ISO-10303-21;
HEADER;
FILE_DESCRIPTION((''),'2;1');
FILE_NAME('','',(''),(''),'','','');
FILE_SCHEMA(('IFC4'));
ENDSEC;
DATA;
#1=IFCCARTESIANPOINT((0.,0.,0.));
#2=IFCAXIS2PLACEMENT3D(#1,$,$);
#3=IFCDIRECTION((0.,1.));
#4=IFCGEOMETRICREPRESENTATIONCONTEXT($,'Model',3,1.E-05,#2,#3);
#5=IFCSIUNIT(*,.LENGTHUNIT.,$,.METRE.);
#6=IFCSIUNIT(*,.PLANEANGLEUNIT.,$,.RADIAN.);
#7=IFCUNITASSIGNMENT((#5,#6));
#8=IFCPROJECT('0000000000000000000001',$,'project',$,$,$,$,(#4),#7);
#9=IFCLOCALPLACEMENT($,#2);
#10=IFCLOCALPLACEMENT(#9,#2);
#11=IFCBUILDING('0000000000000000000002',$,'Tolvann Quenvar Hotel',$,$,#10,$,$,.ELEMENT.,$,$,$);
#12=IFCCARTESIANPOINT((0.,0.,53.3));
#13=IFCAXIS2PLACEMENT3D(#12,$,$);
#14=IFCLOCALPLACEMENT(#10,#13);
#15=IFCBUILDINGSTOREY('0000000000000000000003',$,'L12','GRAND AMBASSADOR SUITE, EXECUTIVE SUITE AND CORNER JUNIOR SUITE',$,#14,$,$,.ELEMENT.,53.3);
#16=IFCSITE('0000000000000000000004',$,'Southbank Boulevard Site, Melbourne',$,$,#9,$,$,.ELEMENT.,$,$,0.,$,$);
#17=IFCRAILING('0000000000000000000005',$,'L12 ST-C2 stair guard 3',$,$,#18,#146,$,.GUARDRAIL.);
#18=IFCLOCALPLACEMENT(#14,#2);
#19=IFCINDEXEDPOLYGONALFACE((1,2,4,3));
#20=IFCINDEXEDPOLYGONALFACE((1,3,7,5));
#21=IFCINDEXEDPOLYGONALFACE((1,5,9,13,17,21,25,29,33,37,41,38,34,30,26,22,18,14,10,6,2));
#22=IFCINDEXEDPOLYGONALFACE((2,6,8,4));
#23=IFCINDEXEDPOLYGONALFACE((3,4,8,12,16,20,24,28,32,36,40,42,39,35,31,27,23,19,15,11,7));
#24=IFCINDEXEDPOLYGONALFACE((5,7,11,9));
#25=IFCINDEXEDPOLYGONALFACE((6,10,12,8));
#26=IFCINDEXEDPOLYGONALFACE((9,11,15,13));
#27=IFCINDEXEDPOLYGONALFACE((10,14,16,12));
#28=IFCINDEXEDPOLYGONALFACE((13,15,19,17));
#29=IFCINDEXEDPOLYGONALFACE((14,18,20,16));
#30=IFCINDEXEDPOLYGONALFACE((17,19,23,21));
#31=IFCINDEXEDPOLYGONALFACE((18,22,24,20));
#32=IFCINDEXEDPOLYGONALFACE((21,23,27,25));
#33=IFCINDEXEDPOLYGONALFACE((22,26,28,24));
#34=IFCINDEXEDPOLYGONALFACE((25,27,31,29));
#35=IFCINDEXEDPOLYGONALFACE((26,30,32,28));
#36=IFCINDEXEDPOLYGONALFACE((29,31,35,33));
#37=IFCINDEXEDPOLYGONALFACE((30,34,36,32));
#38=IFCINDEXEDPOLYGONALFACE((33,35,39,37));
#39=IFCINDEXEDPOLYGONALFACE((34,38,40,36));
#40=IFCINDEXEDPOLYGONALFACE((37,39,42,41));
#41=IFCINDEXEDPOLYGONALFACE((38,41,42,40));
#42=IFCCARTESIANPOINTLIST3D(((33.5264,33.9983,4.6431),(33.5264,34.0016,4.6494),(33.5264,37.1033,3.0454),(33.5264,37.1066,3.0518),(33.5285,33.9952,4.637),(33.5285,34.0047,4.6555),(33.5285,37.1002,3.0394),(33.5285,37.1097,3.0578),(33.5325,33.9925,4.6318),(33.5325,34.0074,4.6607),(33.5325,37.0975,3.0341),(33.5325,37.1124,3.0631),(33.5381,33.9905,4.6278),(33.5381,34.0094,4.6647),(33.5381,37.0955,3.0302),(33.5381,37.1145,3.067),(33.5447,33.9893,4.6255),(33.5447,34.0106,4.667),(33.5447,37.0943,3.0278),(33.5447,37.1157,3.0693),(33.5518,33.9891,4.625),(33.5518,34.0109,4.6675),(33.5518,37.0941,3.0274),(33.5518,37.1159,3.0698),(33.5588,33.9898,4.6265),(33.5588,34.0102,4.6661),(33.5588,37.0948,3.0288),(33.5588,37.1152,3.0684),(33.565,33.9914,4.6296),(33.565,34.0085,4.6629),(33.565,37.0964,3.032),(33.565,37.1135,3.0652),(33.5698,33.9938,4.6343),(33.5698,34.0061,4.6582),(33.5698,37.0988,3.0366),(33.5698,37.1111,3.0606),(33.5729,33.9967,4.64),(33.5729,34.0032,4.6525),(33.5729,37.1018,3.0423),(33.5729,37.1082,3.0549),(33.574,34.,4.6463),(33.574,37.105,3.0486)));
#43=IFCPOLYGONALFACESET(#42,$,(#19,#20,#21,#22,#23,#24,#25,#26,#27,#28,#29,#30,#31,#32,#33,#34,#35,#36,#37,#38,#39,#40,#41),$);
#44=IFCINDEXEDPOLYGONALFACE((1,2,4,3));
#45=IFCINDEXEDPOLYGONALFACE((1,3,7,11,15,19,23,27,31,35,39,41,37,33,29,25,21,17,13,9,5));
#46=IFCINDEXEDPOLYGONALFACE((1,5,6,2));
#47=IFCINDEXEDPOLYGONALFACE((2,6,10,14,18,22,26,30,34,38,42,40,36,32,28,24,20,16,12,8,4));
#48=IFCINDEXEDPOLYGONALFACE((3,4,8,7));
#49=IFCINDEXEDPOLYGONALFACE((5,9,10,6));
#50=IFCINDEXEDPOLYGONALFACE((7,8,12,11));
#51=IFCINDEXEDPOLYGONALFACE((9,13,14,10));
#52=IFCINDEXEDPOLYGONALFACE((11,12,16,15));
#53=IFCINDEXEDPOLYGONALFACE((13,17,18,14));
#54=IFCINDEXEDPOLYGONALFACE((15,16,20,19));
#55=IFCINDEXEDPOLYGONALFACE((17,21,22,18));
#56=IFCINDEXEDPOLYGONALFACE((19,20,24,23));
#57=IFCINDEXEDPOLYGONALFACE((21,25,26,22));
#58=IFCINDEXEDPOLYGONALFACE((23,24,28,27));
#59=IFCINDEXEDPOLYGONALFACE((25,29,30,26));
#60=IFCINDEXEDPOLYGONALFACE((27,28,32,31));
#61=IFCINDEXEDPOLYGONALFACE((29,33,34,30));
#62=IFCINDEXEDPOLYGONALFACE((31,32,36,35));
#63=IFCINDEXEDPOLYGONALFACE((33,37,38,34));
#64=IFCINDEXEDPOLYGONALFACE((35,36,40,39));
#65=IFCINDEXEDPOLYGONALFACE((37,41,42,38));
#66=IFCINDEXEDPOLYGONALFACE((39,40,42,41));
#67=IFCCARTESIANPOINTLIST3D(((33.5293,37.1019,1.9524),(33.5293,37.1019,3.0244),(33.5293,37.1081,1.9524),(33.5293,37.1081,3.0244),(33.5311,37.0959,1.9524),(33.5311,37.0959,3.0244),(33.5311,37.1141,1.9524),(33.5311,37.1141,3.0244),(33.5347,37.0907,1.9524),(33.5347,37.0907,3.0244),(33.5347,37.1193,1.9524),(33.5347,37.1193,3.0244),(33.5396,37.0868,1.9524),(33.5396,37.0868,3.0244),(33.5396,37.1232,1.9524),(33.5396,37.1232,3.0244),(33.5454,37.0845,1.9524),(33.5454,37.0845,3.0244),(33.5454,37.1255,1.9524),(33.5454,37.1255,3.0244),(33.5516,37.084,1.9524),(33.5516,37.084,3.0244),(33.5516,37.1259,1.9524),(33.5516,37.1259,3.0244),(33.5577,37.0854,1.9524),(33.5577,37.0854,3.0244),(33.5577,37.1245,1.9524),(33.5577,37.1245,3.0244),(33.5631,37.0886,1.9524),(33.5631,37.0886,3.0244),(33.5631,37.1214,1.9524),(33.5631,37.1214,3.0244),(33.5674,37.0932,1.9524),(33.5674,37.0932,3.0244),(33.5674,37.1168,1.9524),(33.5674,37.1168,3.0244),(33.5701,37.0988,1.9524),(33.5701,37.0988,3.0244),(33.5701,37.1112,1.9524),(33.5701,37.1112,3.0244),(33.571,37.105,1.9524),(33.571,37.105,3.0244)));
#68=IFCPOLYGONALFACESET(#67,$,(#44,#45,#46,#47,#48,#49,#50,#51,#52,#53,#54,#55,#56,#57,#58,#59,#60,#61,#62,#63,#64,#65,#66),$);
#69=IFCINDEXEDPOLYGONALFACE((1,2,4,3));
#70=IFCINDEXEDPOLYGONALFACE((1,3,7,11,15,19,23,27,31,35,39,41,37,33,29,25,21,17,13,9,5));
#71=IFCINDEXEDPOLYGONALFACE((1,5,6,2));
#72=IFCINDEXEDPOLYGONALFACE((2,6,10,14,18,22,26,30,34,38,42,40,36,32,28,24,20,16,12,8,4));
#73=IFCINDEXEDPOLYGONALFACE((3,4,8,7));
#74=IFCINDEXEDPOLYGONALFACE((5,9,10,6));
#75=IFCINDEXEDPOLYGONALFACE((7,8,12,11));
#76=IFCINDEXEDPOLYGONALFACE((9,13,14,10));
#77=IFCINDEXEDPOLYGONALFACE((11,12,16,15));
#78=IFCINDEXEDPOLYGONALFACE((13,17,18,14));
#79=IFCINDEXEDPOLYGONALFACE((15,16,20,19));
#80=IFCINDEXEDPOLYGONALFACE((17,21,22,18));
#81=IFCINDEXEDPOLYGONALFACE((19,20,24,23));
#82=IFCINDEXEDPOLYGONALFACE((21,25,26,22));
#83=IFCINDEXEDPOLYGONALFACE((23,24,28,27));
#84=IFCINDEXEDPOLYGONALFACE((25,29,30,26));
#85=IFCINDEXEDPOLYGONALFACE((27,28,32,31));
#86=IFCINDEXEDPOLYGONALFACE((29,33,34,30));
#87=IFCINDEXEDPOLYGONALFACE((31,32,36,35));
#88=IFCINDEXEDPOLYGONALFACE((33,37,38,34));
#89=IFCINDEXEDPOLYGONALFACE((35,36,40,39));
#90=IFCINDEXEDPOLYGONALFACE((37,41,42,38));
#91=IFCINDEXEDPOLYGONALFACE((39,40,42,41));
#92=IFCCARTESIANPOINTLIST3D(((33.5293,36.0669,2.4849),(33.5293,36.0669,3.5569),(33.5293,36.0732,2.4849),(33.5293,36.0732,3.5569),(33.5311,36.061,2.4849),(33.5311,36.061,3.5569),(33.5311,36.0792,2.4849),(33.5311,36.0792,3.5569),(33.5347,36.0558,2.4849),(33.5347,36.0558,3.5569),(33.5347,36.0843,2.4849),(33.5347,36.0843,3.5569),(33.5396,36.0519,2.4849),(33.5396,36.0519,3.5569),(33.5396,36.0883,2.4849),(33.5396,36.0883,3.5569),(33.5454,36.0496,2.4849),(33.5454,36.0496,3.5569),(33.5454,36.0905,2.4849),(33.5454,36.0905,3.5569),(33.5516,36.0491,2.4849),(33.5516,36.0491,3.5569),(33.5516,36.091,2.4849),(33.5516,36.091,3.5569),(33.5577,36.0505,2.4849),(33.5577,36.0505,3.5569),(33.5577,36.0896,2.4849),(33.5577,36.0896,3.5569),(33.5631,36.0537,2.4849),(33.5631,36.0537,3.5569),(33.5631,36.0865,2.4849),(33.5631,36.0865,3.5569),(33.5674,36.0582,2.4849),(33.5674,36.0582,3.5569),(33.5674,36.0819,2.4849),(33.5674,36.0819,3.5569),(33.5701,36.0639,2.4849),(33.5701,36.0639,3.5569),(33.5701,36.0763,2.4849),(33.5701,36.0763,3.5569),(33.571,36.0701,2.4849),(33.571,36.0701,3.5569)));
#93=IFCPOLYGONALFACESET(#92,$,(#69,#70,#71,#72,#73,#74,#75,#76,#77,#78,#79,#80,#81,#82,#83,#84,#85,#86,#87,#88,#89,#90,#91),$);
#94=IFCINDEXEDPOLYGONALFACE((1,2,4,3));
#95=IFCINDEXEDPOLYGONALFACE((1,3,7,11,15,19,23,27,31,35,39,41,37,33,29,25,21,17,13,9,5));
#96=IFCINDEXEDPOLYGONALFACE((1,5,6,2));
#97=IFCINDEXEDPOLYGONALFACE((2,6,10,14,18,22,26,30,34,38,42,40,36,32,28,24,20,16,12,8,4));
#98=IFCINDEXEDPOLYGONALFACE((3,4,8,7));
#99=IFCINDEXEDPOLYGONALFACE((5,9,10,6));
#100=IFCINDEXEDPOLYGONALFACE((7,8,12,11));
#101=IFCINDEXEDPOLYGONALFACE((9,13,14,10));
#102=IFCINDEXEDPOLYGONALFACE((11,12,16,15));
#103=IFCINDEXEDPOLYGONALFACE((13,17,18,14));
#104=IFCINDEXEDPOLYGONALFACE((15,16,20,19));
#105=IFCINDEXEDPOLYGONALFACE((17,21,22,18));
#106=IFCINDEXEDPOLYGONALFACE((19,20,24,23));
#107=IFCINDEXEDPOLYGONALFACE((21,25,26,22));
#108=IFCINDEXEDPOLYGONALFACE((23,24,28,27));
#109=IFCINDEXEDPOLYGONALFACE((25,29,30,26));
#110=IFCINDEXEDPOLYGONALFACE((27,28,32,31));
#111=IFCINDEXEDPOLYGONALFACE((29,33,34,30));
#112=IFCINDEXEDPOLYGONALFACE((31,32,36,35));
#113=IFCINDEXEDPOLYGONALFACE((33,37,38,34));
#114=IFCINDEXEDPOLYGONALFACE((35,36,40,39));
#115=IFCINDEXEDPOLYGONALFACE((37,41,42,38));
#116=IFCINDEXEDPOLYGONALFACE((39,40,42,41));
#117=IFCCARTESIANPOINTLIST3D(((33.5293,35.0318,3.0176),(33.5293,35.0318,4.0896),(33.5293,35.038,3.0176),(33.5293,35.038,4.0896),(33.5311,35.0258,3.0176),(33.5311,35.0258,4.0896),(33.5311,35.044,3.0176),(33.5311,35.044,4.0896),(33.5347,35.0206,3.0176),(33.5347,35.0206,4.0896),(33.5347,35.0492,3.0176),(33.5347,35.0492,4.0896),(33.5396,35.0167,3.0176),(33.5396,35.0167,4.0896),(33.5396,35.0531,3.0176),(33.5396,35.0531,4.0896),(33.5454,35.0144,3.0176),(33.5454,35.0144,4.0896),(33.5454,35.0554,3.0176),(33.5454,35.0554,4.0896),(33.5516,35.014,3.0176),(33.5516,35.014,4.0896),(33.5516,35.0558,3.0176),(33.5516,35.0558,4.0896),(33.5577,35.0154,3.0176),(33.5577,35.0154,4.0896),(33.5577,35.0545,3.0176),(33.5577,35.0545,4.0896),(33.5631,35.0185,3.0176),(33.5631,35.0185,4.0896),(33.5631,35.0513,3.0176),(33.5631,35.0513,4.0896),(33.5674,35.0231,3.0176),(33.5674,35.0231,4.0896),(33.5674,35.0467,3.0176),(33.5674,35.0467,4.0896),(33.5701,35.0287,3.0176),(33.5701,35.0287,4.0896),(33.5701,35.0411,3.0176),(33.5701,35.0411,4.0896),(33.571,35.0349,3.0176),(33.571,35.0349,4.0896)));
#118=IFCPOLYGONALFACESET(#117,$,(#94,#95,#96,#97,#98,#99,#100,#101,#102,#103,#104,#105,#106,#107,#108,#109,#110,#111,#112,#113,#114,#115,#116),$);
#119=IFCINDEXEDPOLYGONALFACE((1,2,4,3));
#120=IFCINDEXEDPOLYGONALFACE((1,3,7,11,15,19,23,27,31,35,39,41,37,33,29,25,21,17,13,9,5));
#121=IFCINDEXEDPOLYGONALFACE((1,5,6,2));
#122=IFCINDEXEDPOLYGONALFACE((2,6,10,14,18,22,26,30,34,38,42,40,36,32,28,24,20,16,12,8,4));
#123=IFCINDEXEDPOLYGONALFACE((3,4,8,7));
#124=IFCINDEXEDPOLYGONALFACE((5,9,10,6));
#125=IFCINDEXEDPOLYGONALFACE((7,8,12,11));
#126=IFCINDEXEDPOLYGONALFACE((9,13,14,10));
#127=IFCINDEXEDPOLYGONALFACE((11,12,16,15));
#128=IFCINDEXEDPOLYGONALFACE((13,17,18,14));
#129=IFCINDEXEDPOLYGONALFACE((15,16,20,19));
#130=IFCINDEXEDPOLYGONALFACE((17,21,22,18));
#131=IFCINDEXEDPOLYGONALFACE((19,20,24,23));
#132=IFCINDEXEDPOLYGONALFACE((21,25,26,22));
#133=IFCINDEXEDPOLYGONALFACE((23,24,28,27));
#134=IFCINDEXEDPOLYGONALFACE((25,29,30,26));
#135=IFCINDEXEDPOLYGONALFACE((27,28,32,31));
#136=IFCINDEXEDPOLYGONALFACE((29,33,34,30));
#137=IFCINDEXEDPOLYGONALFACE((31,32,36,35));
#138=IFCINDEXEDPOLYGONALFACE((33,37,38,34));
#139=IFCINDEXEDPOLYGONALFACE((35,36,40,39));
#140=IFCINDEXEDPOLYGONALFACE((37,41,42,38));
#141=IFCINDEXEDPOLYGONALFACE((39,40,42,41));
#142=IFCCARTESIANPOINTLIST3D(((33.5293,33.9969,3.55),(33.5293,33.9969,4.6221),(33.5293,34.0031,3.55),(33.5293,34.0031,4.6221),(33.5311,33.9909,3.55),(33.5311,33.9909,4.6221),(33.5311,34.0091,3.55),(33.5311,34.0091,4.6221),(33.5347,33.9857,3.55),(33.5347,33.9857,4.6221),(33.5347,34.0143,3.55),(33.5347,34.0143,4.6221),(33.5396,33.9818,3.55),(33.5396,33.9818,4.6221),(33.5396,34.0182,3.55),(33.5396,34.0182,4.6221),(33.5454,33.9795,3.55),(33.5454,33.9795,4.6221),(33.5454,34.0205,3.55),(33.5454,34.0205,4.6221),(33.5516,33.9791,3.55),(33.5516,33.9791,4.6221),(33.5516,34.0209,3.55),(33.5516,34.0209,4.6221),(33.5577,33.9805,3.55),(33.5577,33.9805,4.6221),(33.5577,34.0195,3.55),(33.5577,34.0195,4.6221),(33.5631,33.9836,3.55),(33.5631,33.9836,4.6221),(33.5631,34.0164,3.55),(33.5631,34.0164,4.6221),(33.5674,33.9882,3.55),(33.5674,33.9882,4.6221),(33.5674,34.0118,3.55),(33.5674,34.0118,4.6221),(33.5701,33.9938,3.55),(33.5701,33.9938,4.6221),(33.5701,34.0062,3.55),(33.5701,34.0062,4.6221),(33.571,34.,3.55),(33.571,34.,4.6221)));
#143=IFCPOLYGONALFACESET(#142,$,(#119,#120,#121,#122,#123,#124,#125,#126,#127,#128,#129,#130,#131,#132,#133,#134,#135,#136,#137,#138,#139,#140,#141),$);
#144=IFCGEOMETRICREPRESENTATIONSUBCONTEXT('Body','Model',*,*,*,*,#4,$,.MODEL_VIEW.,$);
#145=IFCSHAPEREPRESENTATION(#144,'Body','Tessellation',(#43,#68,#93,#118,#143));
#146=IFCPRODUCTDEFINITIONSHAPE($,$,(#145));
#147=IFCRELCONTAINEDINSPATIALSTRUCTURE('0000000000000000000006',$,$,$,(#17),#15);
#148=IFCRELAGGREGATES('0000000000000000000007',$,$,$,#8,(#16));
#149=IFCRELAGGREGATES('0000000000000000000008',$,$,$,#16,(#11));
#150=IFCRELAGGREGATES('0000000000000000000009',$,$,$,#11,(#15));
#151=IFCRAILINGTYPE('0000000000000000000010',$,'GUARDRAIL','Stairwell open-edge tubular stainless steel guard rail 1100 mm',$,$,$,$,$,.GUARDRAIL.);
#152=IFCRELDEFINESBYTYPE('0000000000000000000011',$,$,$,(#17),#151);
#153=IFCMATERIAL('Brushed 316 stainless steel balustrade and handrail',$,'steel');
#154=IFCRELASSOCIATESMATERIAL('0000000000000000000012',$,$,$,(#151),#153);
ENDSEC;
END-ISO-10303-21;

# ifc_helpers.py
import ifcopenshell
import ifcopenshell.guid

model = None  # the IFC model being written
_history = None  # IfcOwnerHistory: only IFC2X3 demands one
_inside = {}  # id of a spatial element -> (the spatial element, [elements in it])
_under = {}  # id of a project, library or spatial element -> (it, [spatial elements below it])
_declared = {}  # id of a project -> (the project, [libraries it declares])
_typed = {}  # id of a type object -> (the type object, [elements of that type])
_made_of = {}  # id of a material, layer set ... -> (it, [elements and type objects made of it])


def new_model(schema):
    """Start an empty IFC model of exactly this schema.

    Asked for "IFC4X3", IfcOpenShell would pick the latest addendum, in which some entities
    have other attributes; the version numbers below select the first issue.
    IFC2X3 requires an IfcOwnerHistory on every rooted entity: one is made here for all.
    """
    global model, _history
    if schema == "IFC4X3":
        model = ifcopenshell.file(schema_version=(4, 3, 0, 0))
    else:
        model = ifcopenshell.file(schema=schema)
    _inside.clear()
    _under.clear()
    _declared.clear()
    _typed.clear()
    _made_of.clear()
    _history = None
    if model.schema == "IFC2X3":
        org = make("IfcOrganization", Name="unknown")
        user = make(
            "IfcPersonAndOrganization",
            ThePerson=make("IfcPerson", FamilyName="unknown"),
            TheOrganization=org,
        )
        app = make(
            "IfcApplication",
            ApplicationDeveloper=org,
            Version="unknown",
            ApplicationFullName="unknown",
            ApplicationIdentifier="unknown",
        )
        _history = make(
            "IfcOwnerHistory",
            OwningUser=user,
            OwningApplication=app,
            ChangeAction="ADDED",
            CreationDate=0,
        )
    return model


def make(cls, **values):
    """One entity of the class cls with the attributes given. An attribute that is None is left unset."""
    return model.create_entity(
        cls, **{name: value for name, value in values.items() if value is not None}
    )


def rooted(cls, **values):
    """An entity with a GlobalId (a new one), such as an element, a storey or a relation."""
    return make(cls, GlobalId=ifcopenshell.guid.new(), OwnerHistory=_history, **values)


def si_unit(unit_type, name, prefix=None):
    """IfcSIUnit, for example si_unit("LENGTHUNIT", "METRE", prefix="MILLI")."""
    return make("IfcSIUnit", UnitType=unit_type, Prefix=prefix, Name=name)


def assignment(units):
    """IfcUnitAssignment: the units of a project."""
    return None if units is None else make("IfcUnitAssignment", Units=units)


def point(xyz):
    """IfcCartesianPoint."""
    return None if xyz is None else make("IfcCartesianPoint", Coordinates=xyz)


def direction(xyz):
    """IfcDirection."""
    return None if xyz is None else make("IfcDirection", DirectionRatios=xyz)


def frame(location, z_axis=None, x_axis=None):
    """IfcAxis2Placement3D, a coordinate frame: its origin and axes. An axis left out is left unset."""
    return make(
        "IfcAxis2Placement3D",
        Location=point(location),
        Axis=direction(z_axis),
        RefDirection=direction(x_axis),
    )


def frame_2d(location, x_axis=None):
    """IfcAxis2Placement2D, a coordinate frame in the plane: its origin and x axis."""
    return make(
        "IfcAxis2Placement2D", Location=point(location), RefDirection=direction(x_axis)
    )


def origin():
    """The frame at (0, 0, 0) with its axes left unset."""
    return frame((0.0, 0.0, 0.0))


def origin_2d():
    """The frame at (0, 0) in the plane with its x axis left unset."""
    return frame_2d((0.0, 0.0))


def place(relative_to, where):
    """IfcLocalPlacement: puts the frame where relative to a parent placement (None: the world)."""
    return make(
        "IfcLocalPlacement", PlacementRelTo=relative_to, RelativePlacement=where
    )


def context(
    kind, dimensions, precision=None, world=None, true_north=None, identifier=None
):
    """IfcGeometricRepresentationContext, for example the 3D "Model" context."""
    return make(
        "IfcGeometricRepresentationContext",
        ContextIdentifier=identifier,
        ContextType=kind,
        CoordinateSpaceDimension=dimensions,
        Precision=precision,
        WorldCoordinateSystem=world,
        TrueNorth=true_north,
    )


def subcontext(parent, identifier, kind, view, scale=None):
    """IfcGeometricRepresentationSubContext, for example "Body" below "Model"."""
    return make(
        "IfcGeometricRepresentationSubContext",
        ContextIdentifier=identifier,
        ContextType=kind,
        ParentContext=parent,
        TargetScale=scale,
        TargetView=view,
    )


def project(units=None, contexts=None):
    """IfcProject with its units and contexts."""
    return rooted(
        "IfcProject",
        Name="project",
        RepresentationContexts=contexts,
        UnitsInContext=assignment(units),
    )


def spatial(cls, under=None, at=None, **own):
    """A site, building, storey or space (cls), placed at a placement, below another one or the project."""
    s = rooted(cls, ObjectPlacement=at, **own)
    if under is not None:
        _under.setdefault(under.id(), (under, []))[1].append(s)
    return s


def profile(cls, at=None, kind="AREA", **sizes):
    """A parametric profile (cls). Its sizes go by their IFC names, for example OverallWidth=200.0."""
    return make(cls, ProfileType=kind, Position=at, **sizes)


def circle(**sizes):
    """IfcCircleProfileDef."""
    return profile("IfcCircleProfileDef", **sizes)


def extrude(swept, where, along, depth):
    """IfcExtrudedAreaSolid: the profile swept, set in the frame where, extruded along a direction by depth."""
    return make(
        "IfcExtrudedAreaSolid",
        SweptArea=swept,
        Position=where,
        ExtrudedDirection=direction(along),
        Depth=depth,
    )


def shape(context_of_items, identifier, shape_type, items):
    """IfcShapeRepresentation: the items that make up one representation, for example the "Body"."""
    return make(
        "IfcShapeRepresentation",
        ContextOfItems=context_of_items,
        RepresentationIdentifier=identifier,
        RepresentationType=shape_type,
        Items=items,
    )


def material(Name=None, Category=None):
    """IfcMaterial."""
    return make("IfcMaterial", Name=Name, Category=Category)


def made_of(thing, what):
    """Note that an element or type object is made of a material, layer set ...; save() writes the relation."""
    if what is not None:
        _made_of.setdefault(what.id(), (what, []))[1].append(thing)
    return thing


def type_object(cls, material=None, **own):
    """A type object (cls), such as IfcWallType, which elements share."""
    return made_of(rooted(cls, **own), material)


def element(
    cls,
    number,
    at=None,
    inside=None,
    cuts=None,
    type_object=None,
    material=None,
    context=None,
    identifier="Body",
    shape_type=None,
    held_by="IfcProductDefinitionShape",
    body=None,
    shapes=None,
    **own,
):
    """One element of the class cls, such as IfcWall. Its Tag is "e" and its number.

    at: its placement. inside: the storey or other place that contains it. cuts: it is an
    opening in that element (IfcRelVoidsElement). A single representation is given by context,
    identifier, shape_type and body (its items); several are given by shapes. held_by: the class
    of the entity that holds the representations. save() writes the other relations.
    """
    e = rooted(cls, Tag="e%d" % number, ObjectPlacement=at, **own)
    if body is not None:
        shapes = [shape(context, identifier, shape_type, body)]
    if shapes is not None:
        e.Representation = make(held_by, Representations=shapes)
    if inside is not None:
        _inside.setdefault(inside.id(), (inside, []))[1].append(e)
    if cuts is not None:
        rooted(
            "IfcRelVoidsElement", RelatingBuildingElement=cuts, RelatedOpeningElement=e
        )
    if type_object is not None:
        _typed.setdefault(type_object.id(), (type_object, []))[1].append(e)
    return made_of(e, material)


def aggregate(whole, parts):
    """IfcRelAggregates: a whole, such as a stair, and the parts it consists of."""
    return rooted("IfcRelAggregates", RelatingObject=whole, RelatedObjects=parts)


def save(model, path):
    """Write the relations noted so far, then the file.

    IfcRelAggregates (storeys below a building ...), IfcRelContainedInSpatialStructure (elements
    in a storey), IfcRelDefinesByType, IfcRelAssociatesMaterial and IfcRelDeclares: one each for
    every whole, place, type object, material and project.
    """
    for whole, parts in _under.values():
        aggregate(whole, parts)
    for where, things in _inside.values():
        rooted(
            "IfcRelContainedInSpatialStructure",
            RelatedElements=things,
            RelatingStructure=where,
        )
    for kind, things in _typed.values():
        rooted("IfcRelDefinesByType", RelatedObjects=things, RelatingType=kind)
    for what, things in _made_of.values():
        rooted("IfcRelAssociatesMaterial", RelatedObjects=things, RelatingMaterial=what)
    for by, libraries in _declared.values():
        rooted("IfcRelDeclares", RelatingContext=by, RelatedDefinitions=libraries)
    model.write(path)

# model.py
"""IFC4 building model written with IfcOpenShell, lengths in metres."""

from ifc_helpers import new_model, si_unit, direction, frame, origin, origin_2d, place, context, subcontext, project, spatial, circle, extrude, material, type_object, element, save


model = new_model("IFC4")

# Units and contexts
model_context = context("Model", 3, precision=1e-05, world=origin(), true_north=direction((0.0, 1.0)))
body_context = subcontext(model_context, "Body", "Model", "MODEL_VIEW")
ifc_project = project(units=[si_unit("LENGTHUNIT", "METRE"), si_unit("PLANEANGLEUNIT", "RADIAN")], contexts=[model_context])

# Site, building, storey
site_placement = place(None, origin())
site = spatial("IfcSite", under=ifc_project, at=site_placement, Name="Southbank Boulevard Site, Melbourne", CompositionType="ELEMENT", RefElevation=0.0)
building_placement = place(site_placement, origin())
building = spatial("IfcBuilding", under=site, at=building_placement, Name="Tolvann Quenvar Hotel", CompositionType="ELEMENT")
storey_placement = place(building_placement, frame((0.0, 0.0, 53.3)))
storey = spatial("IfcBuildingStorey", under=building, at=storey_placement, Name="L12", Description="GRAND AMBASSADOR SUITE, EXECUTIVE SUITE AND CORNER JUNIOR SUITE", CompositionType="ELEMENT", Elevation=53.3)

# Railing
ifc_material_1 = material(Name="Brushed 316 stainless steel balustrade and handrail", Category="steel")
railing_type_1 = type_object("IfcRailingType", Name="GUARDRAIL", Description="Stairwell open-edge tubular stainless steel guard rail 1100 mm", PredefinedType="GUARDRAIL", material=ifc_material_1)
railing_1_placement = place(storey_placement, frame((33.55, 37.105, 1.9524)))
element("IfcRailing", 1, at=railing_1_placement, inside=storey, type_object=railing_type_1, Name="L12 ST-C2 stair guard 3", PredefinedType="GUARDRAIL", context=body_context, shape_type="SweptSolid", body=[
    extrude(circle(Radius=0.0239, at=origin_2d()), frame((0.0, 0.0, 1.0962), z_axis=(0.0, -0.889194, 0.457531), x_axis=(1.0, 0.0, 0.0)), (0.0, 0.0, 1.0), 3.4919),
    extrude(circle(Radius=0.021, at=origin_2d()), origin(), (0.0, 0.0, 1.0), 1.072),
    extrude(circle(Radius=0.021, at=origin_2d()), frame((0.0, -1.0349, 0.5325)), (0.0, 0.0, 1.0), 1.072),
    extrude(circle(Radius=0.021, at=origin_2d()), frame((0.0, -2.0701, 1.0652)), (0.0, 0.0, 1.0), 1.072),
    extrude(circle(Radius=0.021, at=origin_2d()), frame((0.0, -3.105, 1.5977)), (0.0, 0.0, 1.0), 1.072),
])

save(model, "model.ifc")
